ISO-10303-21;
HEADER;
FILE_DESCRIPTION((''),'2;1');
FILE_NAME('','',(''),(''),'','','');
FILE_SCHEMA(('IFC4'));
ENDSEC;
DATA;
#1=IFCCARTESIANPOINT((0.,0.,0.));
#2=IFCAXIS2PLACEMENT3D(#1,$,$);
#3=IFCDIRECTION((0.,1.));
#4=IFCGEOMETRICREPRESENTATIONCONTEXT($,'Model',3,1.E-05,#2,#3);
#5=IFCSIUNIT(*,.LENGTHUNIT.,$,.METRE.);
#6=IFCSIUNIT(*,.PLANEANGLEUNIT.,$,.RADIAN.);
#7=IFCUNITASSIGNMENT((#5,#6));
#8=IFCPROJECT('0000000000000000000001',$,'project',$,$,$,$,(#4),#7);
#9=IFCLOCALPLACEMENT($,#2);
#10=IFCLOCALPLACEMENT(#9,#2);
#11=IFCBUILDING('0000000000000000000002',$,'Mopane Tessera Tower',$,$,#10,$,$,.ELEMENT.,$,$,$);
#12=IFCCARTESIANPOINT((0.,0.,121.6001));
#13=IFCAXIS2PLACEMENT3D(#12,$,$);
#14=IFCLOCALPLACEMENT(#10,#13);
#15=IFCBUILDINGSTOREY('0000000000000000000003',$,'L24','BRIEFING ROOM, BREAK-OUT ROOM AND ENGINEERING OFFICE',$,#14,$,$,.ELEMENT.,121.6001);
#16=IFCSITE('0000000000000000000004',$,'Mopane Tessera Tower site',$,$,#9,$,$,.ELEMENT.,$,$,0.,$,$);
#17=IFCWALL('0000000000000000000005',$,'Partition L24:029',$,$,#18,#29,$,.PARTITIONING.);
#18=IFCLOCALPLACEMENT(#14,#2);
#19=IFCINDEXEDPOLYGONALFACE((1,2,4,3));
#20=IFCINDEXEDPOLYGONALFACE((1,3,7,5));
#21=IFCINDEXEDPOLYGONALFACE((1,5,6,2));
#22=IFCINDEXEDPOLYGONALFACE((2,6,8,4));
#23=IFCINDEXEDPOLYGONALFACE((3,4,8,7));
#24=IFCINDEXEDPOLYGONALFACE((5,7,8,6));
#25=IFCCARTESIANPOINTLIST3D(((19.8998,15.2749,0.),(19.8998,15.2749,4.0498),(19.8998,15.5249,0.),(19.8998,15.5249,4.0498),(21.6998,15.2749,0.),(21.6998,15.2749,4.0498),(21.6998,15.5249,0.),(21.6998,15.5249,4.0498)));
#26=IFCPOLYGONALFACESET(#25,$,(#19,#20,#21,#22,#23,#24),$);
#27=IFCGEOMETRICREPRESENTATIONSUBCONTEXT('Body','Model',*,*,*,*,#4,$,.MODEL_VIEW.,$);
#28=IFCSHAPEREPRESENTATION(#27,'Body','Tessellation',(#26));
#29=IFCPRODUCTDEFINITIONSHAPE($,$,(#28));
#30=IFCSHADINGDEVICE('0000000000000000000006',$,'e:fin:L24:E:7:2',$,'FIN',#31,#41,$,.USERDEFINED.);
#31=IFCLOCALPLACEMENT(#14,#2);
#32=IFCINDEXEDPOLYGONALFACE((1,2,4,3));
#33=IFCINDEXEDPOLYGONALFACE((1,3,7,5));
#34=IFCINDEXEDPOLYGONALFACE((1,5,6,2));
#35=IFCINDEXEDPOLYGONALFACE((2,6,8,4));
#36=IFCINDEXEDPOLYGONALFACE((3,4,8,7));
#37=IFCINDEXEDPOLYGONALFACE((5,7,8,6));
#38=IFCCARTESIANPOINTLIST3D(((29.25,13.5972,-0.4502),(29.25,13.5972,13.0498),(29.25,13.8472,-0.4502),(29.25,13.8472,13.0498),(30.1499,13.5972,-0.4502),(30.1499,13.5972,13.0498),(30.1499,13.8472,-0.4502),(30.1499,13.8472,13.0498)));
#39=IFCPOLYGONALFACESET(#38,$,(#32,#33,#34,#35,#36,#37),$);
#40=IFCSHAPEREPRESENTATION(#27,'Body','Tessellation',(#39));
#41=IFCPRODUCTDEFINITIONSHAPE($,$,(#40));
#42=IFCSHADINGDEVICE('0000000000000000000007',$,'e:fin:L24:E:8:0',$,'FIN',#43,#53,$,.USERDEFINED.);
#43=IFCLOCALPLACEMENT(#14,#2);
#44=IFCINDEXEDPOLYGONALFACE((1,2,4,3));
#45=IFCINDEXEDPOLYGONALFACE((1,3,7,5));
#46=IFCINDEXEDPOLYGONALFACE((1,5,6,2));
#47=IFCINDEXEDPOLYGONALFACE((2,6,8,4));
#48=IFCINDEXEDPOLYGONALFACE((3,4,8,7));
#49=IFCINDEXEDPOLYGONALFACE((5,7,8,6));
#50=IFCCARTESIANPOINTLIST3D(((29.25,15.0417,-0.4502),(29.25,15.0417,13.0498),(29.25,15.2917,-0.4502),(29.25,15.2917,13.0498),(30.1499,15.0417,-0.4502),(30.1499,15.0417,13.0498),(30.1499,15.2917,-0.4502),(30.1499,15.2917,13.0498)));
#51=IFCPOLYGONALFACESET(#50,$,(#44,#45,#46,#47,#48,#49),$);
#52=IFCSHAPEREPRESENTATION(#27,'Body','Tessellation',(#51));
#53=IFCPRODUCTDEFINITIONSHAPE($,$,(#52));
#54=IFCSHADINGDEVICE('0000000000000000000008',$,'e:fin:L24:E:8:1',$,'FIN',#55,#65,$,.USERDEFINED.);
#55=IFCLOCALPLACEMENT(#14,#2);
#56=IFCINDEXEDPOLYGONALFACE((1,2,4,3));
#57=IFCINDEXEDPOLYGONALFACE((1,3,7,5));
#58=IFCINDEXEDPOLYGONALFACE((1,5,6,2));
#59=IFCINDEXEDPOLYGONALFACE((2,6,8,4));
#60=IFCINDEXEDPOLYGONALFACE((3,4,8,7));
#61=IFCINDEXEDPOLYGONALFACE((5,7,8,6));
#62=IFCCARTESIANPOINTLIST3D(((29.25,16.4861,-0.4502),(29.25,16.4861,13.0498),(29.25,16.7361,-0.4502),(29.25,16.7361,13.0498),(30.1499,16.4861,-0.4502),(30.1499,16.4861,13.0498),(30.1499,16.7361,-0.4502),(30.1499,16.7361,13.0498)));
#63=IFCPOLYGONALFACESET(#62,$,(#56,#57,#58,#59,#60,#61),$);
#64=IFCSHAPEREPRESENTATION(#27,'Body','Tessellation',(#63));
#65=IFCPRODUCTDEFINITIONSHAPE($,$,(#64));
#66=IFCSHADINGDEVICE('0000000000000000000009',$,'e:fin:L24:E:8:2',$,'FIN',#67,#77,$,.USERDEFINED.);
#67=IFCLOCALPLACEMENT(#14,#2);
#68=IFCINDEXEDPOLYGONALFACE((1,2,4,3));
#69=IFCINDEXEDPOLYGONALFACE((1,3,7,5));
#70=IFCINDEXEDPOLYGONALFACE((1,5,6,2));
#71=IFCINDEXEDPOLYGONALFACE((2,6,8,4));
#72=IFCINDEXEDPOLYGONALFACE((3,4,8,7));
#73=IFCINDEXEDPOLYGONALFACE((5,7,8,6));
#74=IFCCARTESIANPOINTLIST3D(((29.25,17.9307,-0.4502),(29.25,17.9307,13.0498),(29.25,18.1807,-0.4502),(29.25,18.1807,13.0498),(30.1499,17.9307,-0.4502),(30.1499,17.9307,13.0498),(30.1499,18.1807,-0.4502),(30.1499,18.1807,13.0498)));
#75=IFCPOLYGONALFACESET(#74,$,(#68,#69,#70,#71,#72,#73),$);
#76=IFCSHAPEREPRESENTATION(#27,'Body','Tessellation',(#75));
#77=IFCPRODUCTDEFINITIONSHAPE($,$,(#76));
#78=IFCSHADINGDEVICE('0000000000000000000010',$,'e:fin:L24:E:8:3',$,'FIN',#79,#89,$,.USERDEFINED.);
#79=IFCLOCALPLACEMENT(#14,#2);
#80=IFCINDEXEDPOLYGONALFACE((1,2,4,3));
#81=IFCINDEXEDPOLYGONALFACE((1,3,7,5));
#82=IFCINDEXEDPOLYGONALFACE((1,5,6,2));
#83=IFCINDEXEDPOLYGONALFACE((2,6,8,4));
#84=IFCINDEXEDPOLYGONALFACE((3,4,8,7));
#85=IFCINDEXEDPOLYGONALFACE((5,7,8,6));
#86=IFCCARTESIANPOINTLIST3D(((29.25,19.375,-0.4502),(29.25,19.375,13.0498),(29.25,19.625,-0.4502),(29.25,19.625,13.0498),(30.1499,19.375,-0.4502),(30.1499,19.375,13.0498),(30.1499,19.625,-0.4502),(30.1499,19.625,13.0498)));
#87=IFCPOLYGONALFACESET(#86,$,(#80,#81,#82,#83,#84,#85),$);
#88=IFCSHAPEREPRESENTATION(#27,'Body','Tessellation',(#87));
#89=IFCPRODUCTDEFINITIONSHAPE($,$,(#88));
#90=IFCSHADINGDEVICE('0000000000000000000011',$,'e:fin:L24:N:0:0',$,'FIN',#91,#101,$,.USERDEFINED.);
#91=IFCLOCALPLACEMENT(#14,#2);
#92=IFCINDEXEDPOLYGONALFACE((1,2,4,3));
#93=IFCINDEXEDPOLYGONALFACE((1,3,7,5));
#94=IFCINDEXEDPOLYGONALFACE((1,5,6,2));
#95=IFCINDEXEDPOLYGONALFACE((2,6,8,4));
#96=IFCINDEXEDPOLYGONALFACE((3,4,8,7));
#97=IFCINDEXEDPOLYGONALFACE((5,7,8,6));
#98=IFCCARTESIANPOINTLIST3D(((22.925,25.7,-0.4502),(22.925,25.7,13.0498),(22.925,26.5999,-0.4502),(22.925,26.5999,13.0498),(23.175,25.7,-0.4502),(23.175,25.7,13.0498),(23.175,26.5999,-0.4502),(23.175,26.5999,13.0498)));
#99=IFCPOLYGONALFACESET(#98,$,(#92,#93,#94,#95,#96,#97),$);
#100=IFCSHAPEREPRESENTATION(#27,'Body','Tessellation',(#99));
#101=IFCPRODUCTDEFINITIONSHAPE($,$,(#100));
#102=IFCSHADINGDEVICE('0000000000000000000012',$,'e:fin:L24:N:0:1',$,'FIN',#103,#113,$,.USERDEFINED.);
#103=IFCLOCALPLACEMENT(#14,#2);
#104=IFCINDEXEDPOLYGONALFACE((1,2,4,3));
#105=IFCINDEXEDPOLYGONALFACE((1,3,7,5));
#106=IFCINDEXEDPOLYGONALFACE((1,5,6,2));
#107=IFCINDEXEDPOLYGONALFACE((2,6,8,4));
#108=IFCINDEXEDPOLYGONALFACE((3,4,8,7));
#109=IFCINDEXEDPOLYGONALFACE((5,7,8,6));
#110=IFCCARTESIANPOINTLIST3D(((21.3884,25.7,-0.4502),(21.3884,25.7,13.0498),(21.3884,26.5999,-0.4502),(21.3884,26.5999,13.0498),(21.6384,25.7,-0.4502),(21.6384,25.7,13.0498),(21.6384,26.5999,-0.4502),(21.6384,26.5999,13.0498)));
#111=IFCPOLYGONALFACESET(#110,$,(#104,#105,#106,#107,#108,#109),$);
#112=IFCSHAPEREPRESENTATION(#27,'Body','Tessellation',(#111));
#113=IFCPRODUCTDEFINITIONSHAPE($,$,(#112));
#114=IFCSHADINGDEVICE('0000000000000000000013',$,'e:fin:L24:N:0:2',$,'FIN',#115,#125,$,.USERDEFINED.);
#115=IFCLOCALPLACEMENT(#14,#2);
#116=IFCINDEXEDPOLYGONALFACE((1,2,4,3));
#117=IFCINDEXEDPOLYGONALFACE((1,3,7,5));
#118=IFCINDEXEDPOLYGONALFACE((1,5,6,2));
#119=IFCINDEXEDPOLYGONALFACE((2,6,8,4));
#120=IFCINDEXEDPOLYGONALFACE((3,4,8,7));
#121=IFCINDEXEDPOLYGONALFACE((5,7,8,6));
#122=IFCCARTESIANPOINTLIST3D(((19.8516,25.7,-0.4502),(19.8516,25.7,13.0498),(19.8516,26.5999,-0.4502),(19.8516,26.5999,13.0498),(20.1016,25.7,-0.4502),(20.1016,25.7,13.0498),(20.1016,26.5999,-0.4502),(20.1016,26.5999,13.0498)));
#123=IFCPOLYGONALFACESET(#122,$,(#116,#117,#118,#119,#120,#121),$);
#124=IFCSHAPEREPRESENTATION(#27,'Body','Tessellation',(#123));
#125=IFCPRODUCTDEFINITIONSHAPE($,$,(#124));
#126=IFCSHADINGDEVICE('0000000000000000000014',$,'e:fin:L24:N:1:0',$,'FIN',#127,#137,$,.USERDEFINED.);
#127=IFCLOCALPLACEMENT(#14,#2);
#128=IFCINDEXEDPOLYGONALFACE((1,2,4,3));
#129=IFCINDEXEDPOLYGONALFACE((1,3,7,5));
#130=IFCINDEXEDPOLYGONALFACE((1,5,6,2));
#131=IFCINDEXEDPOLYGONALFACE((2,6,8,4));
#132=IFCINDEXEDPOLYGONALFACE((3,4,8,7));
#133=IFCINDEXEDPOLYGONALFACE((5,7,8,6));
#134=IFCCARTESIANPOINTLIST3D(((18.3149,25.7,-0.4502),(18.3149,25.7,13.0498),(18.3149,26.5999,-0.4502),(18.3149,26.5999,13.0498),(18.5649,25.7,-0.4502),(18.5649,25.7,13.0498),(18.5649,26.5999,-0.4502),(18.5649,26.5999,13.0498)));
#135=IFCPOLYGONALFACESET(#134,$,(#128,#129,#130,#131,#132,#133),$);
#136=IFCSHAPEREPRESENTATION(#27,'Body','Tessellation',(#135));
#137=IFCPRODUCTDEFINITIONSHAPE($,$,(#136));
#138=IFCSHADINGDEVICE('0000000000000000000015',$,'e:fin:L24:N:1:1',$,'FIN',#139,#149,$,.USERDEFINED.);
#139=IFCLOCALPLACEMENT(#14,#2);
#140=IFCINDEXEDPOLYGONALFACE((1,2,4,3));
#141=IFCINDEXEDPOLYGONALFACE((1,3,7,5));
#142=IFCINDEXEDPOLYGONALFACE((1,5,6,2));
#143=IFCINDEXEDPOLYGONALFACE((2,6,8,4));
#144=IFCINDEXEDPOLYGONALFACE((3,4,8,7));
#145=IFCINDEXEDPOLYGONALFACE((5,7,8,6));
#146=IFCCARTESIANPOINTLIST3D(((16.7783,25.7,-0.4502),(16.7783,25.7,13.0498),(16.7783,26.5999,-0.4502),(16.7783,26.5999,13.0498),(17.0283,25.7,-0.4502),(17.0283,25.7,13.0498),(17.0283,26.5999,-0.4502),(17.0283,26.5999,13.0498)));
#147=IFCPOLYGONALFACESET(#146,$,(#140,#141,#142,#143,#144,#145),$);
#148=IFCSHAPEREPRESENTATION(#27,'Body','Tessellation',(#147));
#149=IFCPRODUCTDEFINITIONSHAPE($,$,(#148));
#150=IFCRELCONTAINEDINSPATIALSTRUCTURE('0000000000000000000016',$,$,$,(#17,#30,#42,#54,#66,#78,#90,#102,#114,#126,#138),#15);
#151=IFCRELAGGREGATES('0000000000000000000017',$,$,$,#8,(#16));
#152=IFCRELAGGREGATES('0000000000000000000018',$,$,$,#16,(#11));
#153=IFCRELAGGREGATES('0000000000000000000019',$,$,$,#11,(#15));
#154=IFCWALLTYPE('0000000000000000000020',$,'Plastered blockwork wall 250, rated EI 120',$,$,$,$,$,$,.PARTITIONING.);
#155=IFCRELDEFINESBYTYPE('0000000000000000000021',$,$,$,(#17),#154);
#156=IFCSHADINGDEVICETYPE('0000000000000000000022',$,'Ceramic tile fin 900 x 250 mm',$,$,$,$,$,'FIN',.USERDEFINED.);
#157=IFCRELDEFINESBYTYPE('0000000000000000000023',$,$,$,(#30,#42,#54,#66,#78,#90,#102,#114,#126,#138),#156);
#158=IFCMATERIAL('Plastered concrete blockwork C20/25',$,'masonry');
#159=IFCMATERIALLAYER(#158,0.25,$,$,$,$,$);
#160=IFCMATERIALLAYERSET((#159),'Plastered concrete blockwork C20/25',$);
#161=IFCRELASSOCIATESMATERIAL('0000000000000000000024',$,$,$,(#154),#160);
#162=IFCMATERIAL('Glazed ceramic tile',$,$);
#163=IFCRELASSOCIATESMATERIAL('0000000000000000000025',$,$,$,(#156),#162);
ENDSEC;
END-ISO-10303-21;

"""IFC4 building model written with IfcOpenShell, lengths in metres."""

from ifc_helpers import new_model, si_unit, direction, frame, frame_2d, origin, origin_2d, place, context, subcontext, project, spatial, rectangle, extrude, material, layer, layer_set, type_object, element, save


model = new_model("IFC4")

# Units and contexts
model_context = context("Model", 3, precision=1e-05, world=origin(), true_north=direction((0.0, 1.0)))
body_context = subcontext(model_context, "Body", "Model", "MODEL_VIEW")
ifc_project = project(units=[si_unit("LENGTHUNIT", "METRE"), si_unit("PLANEANGLEUNIT", "RADIAN")], contexts=[model_context])

# Site, building, storey
site_placement = place(None, origin())
site = spatial("IfcSite", under=ifc_project, at=site_placement, Name="Mopane Tessera Tower site", CompositionType="ELEMENT", RefElevation=0.0)
building_placement = place(site_placement, origin())
building = spatial("IfcBuilding", under=site, at=building_placement, Name="Mopane Tessera Tower", CompositionType="ELEMENT")
storey_placement = place(building_placement, frame((0.0, 0.0, 121.6001)))
storey = spatial("IfcBuildingStorey", under=building, at=storey_placement, Name="L24", Description="BRIEFING ROOM, BREAK-OUT ROOM AND ENGINEERING OFFICE", CompositionType="ELEMENT", Elevation=121.6001)

# Wall
ifc_material_1 = material(Name="Plastered concrete blockwork C20/25", Category="masonry")
ifc_layer_1 = layer(ifc_material_1, 0.25)
ifc_layer_set_1 = layer_set([ifc_layer_1], Name="Plastered concrete blockwork C20/25")
wall_type_1 = type_object("IfcWallType", Name="Plastered blockwork wall 250, rated EI 120", PredefinedType="PARTITIONING", material=ifc_layer_set_1)
wall_1_placement = place(storey_placement, frame((19.8999, 15.3999, 0.0), z_axis=(0.0, 0.0, 1.0), x_axis=(1.0, 0.0, 0.0)))
element("IfcWall", 1, at=wall_1_placement, inside=storey, type_object=wall_type_1, Name="Partition L24:029", PredefinedType="PARTITIONING", context=body_context, shape_type="SweptSolid", body=[
    extrude(rectangle(XDim=1.8, YDim=0.25, at=frame_2d((0.8999, 0.0))), origin(), (0.0, 0.0, 1.0), 4.0498),
])

# Shading devices
ifc_material_2 = material(Name="Glazed ceramic tile")
shading_device_type = type_object("IfcShadingDeviceType", Name="Ceramic tile fin 900 x 250 mm", ElementType="FIN", PredefinedType="USERDEFINED", material=ifc_material_2)
for number, where, z_axis, x_axis, name in (
    (2, (29.7, 13.7222, -0.4502), (0.0, 0.0, 1.0), (0.0, 1.0, 0.0), "e:fin:L24:E:7:2"),
    (3, (29.7, 15.1667, -0.4502), (0.0, 0.0, 1.0), (0.0, 1.0, 0.0), "e:fin:L24:E:8:0"),
    (4, (29.7, 16.6111, -0.4502), (0.0, 0.0, 1.0), (0.0, 1.0, 0.0), "e:fin:L24:E:8:1"),
    (5, (29.7, 18.0557, -0.4502), (0.0, 0.0, 1.0), (0.0, 1.0, 0.0), "e:fin:L24:E:8:2"),
    (6, (29.7, 19.5, -0.4502), (0.0, 0.0, 1.0), (0.0, 1.0, 0.0), "e:fin:L24:E:8:3"),
    (7, (23.05, 26.1499, -0.4502), (0.0, 0.0, 1.0), (-1.0, 0.0, 0.0), "e:fin:L24:N:0:0"),
    (8, (21.5134, 26.1499, -0.4502), (0.0, 0.0, 1.0), (-1.0, 0.0, 0.0), "e:fin:L24:N:0:1"),
    (9, (19.9766, 26.1499, -0.4502), (0.0, 0.0, 1.0), (-1.0, 0.0, 0.0), "e:fin:L24:N:0:2"),
    (10, (18.4399, 26.1499, -0.4502), (0.0, 0.0, 1.0), (-1.0, 0.0, 0.0), "e:fin:L24:N:1:0"),
    (11, (16.9033, 26.1499, -0.4502), (0.0, 0.0, 1.0), (-1.0, 0.0, 0.0), "e:fin:L24:N:1:1"),
):
    element("IfcShadingDevice", number, at=place(storey_placement, frame(where, z_axis=z_axis, x_axis=x_axis)), inside=storey, type_object=shading_device_type, Name=name, ObjectType="FIN", PredefinedType="USERDEFINED", context=body_context, shape_type="SweptSolid", body=[
        extrude(rectangle(XDim=0.25, YDim=0.8999, at=origin_2d()), origin(), (0.0, 0.0, 1.0), 13.5),
    ])

save(model, "model.ifc")
